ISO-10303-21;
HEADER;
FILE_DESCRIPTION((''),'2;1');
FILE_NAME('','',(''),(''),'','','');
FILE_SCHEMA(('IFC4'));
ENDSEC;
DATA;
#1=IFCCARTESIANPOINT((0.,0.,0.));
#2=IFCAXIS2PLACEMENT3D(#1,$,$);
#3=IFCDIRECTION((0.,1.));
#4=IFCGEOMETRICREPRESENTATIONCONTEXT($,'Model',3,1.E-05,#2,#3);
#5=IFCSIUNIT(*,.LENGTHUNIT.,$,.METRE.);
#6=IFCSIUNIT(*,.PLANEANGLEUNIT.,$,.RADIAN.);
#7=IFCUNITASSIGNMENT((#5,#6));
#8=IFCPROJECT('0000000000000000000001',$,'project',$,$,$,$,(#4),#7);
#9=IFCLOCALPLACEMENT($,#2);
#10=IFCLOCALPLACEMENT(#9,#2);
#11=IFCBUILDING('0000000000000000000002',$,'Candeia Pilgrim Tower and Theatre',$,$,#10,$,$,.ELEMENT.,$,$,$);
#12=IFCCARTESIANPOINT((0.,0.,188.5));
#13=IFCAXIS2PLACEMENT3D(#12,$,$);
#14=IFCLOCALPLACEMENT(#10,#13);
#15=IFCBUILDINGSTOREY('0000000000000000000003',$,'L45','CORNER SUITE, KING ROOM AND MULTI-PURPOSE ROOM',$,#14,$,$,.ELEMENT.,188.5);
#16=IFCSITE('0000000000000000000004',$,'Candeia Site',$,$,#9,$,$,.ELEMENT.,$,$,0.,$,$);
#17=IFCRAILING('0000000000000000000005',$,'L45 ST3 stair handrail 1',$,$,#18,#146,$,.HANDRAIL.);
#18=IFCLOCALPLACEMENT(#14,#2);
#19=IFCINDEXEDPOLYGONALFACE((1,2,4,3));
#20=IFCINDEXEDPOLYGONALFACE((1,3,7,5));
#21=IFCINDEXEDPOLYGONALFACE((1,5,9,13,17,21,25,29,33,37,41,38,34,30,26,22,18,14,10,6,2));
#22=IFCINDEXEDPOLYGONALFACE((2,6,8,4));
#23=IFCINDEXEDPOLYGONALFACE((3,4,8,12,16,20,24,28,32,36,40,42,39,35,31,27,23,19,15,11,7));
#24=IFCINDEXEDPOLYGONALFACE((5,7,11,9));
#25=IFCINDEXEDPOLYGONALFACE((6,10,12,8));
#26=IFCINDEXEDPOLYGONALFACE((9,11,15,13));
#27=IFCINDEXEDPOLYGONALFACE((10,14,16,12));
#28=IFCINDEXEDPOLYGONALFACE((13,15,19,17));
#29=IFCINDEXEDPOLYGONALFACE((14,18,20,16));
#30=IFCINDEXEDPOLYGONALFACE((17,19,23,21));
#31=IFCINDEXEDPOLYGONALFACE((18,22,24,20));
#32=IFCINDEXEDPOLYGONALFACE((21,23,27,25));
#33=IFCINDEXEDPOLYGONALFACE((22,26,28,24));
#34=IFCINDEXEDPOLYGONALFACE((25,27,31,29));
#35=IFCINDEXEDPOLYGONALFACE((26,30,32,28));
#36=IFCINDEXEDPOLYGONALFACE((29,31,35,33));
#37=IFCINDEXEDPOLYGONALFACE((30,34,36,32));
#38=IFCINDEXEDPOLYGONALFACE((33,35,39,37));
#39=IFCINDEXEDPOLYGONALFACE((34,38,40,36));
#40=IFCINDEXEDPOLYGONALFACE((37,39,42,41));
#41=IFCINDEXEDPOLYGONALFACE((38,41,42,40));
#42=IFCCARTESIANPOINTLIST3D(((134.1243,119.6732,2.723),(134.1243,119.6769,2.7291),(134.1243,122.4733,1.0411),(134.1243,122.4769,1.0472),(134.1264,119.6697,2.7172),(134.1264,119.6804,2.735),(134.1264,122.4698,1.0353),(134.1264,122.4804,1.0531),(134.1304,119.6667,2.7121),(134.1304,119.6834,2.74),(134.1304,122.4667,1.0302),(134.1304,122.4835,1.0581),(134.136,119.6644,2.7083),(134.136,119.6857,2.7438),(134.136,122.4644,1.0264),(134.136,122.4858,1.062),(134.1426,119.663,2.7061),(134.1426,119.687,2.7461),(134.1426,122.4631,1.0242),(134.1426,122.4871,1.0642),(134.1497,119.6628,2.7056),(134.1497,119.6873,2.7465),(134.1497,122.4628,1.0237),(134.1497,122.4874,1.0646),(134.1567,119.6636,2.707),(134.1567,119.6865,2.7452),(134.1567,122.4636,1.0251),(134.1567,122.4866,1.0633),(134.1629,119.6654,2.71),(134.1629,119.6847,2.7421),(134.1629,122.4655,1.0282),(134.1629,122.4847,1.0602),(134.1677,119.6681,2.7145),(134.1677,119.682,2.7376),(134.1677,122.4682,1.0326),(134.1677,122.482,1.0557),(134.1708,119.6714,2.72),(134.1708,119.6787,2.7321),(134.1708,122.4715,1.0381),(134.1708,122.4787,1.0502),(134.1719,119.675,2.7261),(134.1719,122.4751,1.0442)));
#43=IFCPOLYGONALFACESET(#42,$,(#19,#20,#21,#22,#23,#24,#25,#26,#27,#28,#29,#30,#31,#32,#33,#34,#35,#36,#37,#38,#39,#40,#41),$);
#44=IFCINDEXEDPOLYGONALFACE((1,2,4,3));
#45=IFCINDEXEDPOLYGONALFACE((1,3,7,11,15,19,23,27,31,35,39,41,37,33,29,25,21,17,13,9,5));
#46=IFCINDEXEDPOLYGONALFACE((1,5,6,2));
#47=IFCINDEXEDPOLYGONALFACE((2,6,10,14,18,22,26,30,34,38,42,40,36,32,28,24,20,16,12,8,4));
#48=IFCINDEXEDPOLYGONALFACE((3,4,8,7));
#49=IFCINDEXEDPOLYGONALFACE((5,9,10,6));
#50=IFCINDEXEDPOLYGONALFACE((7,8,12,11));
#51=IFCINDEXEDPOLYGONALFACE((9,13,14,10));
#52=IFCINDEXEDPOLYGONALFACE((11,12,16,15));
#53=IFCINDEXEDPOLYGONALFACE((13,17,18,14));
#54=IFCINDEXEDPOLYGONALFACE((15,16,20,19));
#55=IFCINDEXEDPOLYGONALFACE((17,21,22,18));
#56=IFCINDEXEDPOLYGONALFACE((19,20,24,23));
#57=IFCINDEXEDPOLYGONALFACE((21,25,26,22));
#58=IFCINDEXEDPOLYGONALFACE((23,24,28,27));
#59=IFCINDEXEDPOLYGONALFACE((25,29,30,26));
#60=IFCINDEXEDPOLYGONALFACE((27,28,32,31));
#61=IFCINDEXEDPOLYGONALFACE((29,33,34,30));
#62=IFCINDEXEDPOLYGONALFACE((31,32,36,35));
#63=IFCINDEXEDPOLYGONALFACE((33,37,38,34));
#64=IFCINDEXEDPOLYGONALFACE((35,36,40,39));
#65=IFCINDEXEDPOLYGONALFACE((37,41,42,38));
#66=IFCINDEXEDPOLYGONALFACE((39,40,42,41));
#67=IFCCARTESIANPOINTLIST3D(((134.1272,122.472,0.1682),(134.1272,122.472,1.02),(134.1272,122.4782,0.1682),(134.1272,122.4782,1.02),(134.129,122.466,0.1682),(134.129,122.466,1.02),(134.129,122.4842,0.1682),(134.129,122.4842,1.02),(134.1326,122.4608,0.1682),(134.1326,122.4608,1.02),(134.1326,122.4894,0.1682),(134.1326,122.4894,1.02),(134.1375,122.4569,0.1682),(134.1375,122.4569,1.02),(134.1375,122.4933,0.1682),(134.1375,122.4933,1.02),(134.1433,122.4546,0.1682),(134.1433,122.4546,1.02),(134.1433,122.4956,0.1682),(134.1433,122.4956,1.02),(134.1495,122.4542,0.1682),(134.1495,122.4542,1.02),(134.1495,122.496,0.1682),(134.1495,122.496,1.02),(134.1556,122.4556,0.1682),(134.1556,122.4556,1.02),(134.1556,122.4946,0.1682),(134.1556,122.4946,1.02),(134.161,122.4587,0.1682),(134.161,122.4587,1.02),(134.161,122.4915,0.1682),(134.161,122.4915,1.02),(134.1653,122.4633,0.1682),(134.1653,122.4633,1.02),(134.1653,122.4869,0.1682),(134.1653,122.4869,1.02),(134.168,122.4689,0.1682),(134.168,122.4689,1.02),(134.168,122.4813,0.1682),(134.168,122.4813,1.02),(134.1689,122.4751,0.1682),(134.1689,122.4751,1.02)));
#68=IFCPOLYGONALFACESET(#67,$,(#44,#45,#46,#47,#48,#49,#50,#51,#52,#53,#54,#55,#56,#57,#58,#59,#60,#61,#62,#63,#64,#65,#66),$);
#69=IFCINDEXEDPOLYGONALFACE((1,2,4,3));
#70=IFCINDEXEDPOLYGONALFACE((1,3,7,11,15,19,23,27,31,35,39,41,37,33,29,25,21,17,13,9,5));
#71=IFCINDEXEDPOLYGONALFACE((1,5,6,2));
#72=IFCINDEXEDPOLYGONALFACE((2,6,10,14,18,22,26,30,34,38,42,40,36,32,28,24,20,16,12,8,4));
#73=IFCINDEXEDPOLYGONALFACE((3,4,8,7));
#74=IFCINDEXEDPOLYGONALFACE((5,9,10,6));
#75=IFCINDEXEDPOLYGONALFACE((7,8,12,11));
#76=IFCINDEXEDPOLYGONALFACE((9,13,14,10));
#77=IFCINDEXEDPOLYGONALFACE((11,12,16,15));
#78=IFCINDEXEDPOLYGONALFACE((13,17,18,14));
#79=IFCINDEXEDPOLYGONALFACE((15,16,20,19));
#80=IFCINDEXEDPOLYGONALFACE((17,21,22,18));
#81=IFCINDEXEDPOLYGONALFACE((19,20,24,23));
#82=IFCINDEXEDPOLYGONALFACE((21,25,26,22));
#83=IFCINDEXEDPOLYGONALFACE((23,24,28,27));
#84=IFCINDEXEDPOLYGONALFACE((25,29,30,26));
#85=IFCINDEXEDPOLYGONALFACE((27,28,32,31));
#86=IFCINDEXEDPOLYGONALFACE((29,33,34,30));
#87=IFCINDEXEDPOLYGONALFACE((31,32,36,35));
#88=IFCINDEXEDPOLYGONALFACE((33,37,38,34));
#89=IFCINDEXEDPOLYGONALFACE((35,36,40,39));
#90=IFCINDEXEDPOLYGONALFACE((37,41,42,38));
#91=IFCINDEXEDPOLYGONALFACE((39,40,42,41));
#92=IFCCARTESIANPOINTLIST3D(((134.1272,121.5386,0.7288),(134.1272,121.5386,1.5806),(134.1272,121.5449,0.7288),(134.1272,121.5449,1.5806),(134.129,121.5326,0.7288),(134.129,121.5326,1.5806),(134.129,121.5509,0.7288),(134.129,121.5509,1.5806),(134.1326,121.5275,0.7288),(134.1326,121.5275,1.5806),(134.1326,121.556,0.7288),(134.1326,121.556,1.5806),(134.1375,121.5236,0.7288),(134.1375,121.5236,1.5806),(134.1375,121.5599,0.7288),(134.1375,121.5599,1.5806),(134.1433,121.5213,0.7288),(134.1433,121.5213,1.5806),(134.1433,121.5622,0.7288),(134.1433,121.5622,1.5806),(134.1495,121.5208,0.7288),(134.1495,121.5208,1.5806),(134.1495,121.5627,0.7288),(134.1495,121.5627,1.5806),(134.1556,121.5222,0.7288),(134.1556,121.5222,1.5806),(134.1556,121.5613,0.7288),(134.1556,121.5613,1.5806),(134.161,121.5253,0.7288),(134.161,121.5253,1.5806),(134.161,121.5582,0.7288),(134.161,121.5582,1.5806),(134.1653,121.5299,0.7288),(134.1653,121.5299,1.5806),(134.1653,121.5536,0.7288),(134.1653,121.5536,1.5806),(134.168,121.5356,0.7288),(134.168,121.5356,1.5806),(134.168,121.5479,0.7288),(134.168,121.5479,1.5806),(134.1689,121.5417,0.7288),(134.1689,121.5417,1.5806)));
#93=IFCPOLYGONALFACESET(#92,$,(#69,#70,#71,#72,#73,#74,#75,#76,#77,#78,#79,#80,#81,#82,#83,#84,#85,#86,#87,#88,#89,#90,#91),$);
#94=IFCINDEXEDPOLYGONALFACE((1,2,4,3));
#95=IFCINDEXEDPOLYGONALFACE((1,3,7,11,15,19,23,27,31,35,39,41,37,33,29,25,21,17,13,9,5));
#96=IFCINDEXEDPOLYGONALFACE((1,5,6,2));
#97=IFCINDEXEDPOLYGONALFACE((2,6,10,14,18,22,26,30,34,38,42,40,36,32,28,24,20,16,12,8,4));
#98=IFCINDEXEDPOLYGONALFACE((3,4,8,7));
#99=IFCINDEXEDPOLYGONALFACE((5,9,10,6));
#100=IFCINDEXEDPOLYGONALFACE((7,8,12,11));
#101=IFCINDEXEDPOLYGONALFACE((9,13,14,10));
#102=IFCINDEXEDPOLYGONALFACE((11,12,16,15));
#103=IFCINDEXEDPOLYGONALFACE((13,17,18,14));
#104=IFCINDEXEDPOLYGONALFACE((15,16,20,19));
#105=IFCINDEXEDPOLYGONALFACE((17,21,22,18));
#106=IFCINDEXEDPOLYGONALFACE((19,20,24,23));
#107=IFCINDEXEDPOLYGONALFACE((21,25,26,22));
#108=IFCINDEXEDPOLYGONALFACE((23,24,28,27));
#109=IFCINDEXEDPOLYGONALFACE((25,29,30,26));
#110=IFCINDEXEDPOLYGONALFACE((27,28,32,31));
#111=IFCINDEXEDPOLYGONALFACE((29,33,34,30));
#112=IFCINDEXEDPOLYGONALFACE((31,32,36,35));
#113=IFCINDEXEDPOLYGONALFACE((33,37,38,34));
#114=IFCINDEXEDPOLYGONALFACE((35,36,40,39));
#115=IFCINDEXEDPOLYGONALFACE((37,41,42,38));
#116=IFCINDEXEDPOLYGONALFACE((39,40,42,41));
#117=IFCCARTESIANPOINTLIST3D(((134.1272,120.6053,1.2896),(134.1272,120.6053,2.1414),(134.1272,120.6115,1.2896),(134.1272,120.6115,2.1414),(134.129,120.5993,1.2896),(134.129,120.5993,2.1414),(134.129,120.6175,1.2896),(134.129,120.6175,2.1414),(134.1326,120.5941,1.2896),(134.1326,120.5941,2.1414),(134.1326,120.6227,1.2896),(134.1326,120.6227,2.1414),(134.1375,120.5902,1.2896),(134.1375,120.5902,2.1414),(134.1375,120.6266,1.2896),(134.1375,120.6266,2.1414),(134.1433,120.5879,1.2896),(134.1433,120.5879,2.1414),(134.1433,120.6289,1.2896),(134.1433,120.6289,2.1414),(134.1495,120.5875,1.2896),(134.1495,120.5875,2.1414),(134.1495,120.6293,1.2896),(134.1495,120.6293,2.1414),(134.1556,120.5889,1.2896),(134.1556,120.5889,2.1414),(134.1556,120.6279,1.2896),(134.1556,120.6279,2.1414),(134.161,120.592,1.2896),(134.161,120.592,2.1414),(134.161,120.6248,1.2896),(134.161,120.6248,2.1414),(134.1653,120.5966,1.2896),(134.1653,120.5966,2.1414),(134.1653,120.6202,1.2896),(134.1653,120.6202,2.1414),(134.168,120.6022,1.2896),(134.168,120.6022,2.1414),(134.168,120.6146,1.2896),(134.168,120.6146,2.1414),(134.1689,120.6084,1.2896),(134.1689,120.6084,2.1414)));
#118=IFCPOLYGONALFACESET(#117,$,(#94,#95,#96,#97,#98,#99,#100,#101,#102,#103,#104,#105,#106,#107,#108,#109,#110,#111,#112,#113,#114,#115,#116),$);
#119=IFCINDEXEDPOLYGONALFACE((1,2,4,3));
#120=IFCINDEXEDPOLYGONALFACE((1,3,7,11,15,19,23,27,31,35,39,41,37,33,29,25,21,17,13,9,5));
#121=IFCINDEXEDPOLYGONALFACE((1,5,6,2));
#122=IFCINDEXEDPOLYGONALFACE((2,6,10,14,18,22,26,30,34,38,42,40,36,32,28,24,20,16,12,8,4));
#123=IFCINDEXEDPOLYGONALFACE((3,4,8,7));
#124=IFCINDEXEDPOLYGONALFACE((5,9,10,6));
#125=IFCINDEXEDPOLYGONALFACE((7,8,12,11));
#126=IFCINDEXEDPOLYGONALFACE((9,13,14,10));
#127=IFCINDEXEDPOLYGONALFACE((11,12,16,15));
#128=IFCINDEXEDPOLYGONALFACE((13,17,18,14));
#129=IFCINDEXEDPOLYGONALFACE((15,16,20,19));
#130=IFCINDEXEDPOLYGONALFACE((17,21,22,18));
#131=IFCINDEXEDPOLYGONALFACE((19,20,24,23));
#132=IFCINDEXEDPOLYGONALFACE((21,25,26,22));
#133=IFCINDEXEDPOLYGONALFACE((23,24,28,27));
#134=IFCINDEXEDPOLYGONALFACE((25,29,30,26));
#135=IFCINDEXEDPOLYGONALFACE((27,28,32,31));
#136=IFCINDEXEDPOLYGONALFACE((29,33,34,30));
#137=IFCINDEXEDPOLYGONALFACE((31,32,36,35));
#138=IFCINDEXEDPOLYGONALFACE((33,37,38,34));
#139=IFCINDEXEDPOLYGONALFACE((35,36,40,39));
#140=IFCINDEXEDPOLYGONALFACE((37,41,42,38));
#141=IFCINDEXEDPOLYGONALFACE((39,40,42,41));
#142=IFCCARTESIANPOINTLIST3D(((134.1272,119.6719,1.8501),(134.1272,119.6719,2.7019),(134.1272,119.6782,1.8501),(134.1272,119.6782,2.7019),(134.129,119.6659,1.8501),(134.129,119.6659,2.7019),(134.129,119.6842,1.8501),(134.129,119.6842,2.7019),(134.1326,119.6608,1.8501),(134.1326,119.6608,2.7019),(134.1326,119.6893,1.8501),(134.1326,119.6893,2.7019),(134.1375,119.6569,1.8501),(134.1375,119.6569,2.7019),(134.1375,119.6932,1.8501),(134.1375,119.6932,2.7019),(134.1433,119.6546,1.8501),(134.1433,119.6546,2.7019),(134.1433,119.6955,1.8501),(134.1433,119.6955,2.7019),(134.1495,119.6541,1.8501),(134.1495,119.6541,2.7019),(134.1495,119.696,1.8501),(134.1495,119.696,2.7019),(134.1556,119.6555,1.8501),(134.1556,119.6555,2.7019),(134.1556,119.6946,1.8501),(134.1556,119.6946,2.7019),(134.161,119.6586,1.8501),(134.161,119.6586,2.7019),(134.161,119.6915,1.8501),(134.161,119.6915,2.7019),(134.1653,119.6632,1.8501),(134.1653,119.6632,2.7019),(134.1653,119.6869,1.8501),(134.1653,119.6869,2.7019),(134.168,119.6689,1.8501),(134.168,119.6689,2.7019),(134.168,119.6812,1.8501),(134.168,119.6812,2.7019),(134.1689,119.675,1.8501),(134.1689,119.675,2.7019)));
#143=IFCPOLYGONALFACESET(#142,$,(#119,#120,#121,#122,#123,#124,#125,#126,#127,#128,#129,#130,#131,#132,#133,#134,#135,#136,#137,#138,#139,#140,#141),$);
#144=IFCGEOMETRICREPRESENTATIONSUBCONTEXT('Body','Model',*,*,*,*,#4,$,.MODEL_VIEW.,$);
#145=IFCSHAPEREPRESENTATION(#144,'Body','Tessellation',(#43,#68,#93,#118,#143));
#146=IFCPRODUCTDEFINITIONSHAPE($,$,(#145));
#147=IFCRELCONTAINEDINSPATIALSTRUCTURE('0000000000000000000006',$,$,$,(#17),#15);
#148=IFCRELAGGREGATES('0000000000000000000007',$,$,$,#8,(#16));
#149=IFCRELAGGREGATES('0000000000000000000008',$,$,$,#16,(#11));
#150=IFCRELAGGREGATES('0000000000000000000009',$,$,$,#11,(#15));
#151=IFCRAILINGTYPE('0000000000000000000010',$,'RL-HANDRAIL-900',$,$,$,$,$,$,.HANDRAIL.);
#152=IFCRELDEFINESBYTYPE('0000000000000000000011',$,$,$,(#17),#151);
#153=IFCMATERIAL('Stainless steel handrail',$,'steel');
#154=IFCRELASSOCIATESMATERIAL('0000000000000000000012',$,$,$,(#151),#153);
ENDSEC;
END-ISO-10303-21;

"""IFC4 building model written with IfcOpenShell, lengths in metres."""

from ifc_helpers import new_model, si_unit, direction, frame, origin, origin_2d, place, context, subcontext, project, spatial, circle, extrude, material, type_object, element, save


model = new_model("IFC4")

# Units and contexts
model_context = context("Model", 3, precision=1e-05, world=origin(), true_north=direction((0.0, 1.0)))
body_context = subcontext(model_context, "Body", "Model", "MODEL_VIEW")
ifc_project = project(units=[si_unit("LENGTHUNIT", "METRE"), si_unit("PLANEANGLEUNIT", "RADIAN")], contexts=[model_context])

# Site, building, storey
site_placement = place(None, origin())
site = spatial("IfcSite", under=ifc_project, at=site_placement, Name="Candeia Site", CompositionType="ELEMENT", RefElevation=0.0)
building_placement = place(site_placement, origin())
building = spatial("IfcBuilding", under=site, at=building_placement, Name="Candeia Pilgrim Tower and Theatre", CompositionType="ELEMENT")
storey_placement = place(building_placement, frame((0.0, 0.0, 188.5)))
storey = spatial("IfcBuildingStorey", under=building, at=storey_placement, Name="L45", Description="CORNER SUITE, KING ROOM AND MULTI-PURPOSE ROOM", CompositionType="ELEMENT", Elevation=188.5)

# Railing
ifc_material_1 = material(Name="Stainless steel handrail", Category="steel")
railing_type_1 = type_object("IfcRailingType", Name="RL-HANDRAIL-900", PredefinedType="HANDRAIL", material=ifc_material_1)
railing_1_placement = place(storey_placement, frame((134.1479, 122.4751, 0.1682)))
element("IfcRailing", 1, at=railing_1_placement, inside=storey, type_object=railing_type_1, Name="L45 ST3 stair handrail 1", PredefinedType="HANDRAIL", context=body_context, shape_type="SweptSolid", body=[
    extrude(circle(Radius=0.0239, at=origin_2d()), frame((0.0, 0.0, 0.876), z_axis=(0.0, -0.857242, 0.514913), x_axis=(1.0, 0.0, 0.0)), (0.0, 0.0, 1.0), 3.2664),
    extrude(circle(Radius=0.021, at=origin_2d()), origin(), (0.0, 0.0, 1.0), 0.8518),
    extrude(circle(Radius=0.021, at=origin_2d()), frame((0.0, -0.9333, 0.5605)), (0.0, 0.0, 1.0), 0.8518),
    extrude(circle(Radius=0.021, at=origin_2d()), frame((0.0, -1.8667, 1.1213)), (0.0, 0.0, 1.0), 0.8518),
    extrude(circle(Radius=0.021, at=origin_2d()), frame((0.0, -2.8, 1.6819)), (0.0, 0.0, 1.0), 0.8518),
])

save(model, "model.ifc")
